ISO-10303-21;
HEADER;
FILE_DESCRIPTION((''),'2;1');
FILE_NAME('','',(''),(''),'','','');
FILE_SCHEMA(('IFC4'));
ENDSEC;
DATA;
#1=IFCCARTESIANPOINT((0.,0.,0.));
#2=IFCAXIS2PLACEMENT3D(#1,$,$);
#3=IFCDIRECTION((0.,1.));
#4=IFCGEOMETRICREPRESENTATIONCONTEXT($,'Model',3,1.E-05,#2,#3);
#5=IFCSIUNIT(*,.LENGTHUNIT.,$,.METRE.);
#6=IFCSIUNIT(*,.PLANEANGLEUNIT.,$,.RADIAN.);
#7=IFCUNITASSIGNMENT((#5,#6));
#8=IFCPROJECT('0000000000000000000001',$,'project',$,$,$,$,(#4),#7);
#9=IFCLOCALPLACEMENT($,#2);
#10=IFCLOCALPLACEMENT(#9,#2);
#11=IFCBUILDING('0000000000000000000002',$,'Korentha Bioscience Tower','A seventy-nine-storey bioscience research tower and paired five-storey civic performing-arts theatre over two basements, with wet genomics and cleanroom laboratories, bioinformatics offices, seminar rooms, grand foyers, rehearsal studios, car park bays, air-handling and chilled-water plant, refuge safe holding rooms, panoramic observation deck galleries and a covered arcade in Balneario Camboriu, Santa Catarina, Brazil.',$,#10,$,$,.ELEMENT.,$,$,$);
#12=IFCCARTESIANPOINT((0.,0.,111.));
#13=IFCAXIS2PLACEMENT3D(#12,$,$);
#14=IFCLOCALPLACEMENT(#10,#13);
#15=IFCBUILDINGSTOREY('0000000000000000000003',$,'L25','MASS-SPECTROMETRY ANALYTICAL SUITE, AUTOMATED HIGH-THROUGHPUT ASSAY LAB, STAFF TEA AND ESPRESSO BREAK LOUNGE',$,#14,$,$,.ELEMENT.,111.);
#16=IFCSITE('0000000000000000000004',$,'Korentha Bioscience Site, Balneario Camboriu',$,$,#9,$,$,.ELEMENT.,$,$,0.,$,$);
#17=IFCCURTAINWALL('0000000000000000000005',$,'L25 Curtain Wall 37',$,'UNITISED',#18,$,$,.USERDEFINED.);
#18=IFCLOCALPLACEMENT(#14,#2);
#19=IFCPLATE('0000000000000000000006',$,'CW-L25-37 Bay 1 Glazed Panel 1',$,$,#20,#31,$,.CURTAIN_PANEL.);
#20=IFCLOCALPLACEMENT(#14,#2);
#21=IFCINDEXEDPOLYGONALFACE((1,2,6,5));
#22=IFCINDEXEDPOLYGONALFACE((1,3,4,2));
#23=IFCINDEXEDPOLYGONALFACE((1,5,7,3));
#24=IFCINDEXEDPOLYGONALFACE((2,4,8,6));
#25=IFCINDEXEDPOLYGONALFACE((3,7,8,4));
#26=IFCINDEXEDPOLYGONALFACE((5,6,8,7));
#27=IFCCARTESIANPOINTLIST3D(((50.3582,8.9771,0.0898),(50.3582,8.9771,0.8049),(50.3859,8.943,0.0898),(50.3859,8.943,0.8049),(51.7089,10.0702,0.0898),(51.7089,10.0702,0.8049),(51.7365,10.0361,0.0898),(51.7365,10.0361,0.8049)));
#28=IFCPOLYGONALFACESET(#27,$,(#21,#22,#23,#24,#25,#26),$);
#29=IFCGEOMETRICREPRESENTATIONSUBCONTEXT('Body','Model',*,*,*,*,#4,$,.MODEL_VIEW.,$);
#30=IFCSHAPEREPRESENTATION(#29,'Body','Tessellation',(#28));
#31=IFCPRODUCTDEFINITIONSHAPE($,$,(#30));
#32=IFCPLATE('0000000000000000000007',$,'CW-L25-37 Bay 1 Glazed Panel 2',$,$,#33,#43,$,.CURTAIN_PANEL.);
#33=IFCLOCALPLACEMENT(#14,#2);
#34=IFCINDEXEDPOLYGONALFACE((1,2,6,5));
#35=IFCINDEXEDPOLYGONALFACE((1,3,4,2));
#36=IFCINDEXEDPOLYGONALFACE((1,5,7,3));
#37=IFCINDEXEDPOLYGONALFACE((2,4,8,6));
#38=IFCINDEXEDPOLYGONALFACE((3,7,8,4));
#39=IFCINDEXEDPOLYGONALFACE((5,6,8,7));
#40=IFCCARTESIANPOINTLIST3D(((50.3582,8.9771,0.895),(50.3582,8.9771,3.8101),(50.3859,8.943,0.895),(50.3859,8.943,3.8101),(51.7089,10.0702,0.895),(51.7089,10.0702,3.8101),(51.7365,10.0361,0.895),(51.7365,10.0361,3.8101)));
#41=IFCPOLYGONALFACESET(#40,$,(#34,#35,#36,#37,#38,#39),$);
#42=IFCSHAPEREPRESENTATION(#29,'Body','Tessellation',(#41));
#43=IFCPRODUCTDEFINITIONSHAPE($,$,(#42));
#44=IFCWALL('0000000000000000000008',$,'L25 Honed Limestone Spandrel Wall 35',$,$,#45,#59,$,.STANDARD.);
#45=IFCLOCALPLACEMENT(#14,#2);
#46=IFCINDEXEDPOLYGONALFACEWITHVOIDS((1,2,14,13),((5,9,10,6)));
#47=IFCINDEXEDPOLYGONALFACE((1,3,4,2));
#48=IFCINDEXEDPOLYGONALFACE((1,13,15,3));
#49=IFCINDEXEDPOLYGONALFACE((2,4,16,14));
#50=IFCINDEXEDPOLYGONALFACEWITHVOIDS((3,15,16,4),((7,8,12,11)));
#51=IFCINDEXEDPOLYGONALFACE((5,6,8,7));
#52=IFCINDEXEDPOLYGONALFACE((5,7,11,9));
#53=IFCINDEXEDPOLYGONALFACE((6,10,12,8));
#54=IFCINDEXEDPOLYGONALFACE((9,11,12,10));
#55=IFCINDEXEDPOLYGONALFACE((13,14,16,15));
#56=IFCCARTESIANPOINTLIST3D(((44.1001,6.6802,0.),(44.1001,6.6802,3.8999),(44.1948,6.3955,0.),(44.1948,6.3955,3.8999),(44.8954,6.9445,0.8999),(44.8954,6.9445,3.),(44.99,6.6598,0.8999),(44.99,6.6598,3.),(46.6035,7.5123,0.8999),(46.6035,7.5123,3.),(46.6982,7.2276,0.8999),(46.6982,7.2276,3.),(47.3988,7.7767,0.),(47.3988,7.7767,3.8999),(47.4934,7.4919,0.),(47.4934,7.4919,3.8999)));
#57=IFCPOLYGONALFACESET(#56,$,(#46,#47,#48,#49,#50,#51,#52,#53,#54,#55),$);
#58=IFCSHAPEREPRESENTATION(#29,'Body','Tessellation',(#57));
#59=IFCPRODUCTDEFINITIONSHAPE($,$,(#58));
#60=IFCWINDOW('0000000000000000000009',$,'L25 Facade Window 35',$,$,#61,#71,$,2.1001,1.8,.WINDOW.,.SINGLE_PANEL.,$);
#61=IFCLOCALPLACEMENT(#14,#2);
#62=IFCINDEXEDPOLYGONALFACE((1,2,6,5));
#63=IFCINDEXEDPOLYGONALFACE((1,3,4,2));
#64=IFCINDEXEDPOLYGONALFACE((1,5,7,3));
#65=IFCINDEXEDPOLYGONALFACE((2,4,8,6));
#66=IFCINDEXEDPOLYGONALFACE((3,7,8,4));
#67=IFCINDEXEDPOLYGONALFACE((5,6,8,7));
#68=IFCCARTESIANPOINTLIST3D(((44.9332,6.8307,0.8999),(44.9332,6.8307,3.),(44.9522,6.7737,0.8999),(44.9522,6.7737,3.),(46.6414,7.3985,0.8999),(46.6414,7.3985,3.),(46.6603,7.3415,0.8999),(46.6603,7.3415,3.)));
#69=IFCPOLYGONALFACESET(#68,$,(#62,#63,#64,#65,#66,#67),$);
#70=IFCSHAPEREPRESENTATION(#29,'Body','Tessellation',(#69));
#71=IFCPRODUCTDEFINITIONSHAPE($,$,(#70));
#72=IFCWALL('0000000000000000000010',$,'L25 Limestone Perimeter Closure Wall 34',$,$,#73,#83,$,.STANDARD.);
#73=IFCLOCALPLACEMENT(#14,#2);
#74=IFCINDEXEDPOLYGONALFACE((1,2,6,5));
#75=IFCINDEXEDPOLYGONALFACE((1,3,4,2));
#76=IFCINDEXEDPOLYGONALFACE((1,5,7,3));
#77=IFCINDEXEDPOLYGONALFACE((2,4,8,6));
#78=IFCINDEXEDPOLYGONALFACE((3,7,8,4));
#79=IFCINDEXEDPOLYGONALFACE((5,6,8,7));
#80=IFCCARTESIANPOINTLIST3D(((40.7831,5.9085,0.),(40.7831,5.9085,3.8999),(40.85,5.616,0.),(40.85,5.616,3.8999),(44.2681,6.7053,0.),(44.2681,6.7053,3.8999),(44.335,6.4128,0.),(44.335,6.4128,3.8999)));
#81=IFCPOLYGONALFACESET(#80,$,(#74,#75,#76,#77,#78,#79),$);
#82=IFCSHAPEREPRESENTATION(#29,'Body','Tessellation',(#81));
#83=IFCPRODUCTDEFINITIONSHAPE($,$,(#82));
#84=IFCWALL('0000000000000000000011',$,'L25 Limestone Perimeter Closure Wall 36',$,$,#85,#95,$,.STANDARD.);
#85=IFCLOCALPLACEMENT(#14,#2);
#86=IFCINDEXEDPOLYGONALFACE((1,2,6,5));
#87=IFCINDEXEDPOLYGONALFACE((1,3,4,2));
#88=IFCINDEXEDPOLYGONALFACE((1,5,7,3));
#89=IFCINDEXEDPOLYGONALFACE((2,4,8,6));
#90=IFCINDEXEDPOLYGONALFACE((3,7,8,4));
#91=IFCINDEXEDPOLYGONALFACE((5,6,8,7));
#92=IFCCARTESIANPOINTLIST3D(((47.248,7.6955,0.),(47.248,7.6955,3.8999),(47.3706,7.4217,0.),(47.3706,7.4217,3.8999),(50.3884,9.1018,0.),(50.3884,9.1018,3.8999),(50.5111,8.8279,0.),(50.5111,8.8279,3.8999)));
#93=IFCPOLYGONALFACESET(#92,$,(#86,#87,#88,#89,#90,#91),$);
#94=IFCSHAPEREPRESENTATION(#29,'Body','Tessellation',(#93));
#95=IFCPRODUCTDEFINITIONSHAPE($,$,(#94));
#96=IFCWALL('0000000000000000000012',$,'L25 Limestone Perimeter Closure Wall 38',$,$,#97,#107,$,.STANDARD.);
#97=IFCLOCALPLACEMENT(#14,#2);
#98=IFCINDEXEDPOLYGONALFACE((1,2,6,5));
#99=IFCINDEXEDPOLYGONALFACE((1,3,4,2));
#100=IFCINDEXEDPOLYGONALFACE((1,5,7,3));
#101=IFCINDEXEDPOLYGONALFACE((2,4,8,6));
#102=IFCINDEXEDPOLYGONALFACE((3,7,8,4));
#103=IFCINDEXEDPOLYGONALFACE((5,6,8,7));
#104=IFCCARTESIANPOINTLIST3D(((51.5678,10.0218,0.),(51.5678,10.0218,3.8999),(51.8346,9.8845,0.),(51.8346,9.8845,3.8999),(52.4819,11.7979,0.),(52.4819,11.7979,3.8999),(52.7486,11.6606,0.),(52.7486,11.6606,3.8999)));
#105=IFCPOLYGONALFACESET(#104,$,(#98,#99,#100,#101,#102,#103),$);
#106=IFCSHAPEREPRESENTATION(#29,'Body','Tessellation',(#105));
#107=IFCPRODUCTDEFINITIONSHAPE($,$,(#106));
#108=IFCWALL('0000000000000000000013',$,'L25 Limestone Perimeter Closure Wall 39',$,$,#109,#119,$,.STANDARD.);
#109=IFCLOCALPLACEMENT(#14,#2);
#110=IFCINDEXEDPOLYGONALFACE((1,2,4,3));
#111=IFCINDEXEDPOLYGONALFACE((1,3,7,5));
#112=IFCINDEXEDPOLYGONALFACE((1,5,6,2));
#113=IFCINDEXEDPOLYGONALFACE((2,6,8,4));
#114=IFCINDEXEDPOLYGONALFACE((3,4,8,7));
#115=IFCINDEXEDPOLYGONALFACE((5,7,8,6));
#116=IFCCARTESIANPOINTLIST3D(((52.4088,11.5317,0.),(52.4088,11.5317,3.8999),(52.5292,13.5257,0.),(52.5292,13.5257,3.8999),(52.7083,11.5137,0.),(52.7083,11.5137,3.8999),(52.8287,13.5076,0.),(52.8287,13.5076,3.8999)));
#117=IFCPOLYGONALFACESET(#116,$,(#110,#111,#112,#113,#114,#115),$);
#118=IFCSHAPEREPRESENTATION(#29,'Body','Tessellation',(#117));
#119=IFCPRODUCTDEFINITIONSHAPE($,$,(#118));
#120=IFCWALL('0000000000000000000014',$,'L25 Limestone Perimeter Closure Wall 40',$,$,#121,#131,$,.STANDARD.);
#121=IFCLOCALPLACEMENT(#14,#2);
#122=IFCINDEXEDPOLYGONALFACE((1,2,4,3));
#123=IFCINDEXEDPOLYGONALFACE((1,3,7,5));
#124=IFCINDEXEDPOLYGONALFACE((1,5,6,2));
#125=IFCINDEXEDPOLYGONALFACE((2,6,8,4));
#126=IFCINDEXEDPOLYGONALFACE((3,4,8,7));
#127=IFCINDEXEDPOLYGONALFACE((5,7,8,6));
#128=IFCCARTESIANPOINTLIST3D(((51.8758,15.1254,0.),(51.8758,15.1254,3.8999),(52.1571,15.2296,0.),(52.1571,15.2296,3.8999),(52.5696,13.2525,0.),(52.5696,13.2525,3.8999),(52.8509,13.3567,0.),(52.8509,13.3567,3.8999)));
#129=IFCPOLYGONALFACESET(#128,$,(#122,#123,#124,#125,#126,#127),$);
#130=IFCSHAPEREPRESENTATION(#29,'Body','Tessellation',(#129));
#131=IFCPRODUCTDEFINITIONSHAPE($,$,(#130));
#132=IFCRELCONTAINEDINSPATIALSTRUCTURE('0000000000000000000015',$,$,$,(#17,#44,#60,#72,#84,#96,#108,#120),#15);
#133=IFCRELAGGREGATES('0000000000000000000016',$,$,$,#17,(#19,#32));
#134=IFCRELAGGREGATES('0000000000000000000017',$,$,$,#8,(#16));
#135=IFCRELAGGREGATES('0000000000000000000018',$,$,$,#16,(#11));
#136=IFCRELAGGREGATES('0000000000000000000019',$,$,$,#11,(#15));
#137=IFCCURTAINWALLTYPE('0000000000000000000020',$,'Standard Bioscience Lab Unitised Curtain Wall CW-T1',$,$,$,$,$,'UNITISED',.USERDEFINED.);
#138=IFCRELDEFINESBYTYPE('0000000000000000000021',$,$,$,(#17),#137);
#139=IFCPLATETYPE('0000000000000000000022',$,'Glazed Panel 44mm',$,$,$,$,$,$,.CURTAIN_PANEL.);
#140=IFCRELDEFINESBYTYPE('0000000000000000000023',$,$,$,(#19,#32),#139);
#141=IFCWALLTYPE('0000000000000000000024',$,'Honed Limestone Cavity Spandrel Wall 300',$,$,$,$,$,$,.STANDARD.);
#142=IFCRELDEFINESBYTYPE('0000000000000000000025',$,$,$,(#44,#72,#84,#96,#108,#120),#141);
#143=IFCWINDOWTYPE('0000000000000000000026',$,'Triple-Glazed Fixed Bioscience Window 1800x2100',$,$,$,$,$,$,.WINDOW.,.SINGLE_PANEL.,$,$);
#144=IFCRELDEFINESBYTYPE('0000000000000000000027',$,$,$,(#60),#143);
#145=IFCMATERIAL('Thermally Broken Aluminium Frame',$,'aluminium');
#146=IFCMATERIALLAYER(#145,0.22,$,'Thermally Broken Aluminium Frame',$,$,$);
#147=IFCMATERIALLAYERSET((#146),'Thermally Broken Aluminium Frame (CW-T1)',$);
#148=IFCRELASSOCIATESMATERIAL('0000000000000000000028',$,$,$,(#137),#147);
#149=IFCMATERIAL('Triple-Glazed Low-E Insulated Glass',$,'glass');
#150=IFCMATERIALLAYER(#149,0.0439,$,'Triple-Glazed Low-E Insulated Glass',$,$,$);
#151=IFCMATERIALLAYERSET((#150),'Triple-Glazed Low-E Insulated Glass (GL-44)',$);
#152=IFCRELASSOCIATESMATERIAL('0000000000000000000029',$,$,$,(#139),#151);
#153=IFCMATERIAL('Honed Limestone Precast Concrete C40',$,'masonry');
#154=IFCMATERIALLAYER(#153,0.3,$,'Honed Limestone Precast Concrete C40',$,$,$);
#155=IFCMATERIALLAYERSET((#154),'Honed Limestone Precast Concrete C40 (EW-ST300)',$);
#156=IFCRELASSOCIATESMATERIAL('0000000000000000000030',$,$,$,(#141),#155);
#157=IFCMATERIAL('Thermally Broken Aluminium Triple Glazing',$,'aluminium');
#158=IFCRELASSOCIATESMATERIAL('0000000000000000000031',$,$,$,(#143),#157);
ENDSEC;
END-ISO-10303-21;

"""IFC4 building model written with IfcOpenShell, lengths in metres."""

from ifc_helpers import new_model, si_unit, direction, frame, frame_2d, origin, origin_2d, place, context, subcontext, project, spatial, rectangle, extrude, material, layer, layer_set, type_object, element, fill, aggregate, save


model = new_model("IFC4")

# Units and contexts
model_context = context("Model", 3, precision=1e-05, world=origin(), true_north=direction((0.0, 1.0)))
body_context = subcontext(model_context, "Body", "Model", "MODEL_VIEW")
ifc_project = project(units=[si_unit("LENGTHUNIT", "METRE"), si_unit("PLANEANGLEUNIT", "RADIAN")], contexts=[model_context])

# Site, building, storey
site_placement = place(None, origin())
site = spatial("IfcSite", under=ifc_project, at=site_placement, Name="Korentha Bioscience Site, Balneario Camboriu", CompositionType="ELEMENT", RefElevation=0.0)
building_placement = place(site_placement, origin())
building = spatial("IfcBuilding", under=site, at=building_placement, Name="Korentha Bioscience Tower", Description="A seventy-nine-storey bioscience research tower and paired five-storey civic performing-arts theatre over two basements, with wet genomics and cleanroom laboratories, bioinformatics offices, seminar rooms, grand foyers, rehearsal studios, car park bays, air-handling and chilled-water plant, refuge safe holding rooms, panoramic observation deck galleries and a covered arcade in Balneario Camboriu, Santa Catarina, Brazil.", CompositionType="ELEMENT")
storey_placement = place(building_placement, frame((0.0, 0.0, 111.0)))
storey = spatial("IfcBuildingStorey", under=building, at=storey_placement, Name="L25", Description="MASS-SPECTROMETRY ANALYTICAL SUITE, AUTOMATED HIGH-THROUGHPUT ASSAY LAB, STAFF TEA AND ESPRESSO BREAK LOUNGE", CompositionType="ELEMENT", Elevation=111.0)

# Curtain wall
ifc_material_1 = material(Name="Thermally Broken Aluminium Frame", Category="aluminium")
ifc_layer_1 = layer(ifc_material_1, 0.22, Name="Thermally Broken Aluminium Frame")
ifc_layer_set_1 = layer_set([ifc_layer_1], Name="Thermally Broken Aluminium Frame (CW-T1)")
curtain_wall_type = type_object("IfcCurtainWallType", Name="Standard Bioscience Lab Unitised Curtain Wall CW-T1", ElementType="UNITISED", PredefinedType="USERDEFINED", material=ifc_layer_set_1)
curtain_wall_placement = place(storey_placement, origin())
curtain_wall = element("IfcCurtainWall", 1, at=curtain_wall_placement, inside=storey, type_object=curtain_wall_type, Name="L25 Curtain Wall 37", ObjectType="UNITISED", PredefinedType="USERDEFINED")

# Plates
ifc_material_2 = material(Name="Triple-Glazed Low-E Insulated Glass", Category="glass")
ifc_layer_2 = layer(ifc_material_2, 0.0439, Name="Triple-Glazed Low-E Insulated Glass")
ifc_layer_set_2 = layer_set([ifc_layer_2], Name="Triple-Glazed Low-E Insulated Glass (GL-44)")
plate_type = type_object("IfcPlateType", Name="Glazed Panel 44mm", PredefinedType="CURTAIN_PANEL", material=ifc_layer_set_2)
plate_1_placement = place(storey_placement, frame((51.0474, 9.5066, 0.0898), z_axis=(0.0, 0.0, 1.0), x_axis=(0.777315, 0.629111, 0.0)))
plate_1 = element("IfcPlate", 2, at=plate_1_placement, type_object=plate_type, Name="CW-L25-37 Bay 1 Glazed Panel 1", PredefinedType="CURTAIN_PANEL", context=body_context, shape_type="SweptSolid", body=[
    extrude(rectangle(XDim=1.7375, YDim=0.0439, at=origin_2d()), origin(), (0.0, 0.0, 1.0), 0.7151),
])
plate_2_placement = place(storey_placement, frame((51.0474, 9.5066, 0.895), z_axis=(0.0, 0.0, 1.0), x_axis=(0.777315, 0.629111, 0.0)))
plate_2 = element("IfcPlate", 3, at=plate_2_placement, type_object=plate_type, Name="CW-L25-37 Bay 1 Glazed Panel 2", PredefinedType="CURTAIN_PANEL", context=body_context, shape_type="SweptSolid", body=[
    extrude(rectangle(XDim=1.7375, YDim=0.0439, at=origin_2d()), origin(), (0.0, 0.0, 1.0), 2.915),
])
aggregate(curtain_wall, [plate_1, plate_2])

# Wall, opening, window
ifc_material_3 = material(Name="Honed Limestone Precast Concrete C40", Category="masonry")
ifc_layer_3 = layer(ifc_material_3, 0.3, Name="Honed Limestone Precast Concrete C40")
ifc_layer_set_3 = layer_set([ifc_layer_3], Name="Honed Limestone Precast Concrete C40 (EW-ST300)")
wall_type = type_object("IfcWallType", Name="Honed Limestone Cavity Spandrel Wall 300", PredefinedType="STANDARD", material=ifc_layer_set_3)
wall_1_placement = place(storey_placement, frame((44.1475, 6.5378, 0.0), z_axis=(0.0, 0.0, 1.0), x_axis=(0.94895, 0.315427, 0.0)))
wall_1 = element("IfcWall", 4, at=wall_1_placement, inside=storey, type_object=wall_type, Name="L25 Honed Limestone Spandrel Wall 35", PredefinedType="STANDARD", context=body_context, shape_type="SweptSolid", body=[
    extrude(rectangle(XDim=3.4761, YDim=0.3, at=frame_2d((1.738, 0.0))), origin(), (0.0, 0.0, 1.0), 3.8999),
])
opening_placement = place(wall_1_placement, frame((0.8381, 0.0, 0.8999)))
opening = element("IfcOpeningElement", 5, at=opening_placement, cuts=wall_1, PredefinedType="OPENING", context=body_context, shape_type="SweptSolid", body=[
    extrude(rectangle(XDim=1.8, YDim=2.1001, at=frame_2d((0.8999, 1.05))), frame((0.0, 0.165, 0.0), z_axis=(0.0, -1.0, 0.0), x_axis=(1.0, 0.0, 0.0)), (0.0, 0.0, 1.0), 0.3298),
])
ifc_material_4 = material(Name="Thermally Broken Aluminium Triple Glazing", Category="aluminium")
window_type = type_object("IfcWindowType", Name="Triple-Glazed Fixed Bioscience Window 1800x2100", PartitioningType="SINGLE_PANEL", PredefinedType="WINDOW", material=ifc_material_4)
window_placement = place(opening_placement, origin())
window = element("IfcWindow", 6, at=window_placement, inside=storey, type_object=window_type, Name="L25 Facade Window 35", OverallHeight=2.1001, OverallWidth=1.8, PartitioningType="SINGLE_PANEL", PredefinedType="WINDOW", context=body_context, shape_type="SweptSolid", body=[
    extrude(rectangle(XDim=1.8, YDim=2.1001, at=frame_2d((0.8999, 1.05))), frame((0.0, 0.03, 0.0), z_axis=(0.0, -1.0, 0.0), x_axis=(1.0, 0.0, 0.0)), (0.0, 0.0, 1.0), 0.0601),
])
fill(opening, window)

# Walls
wall_2_placement = place(storey_placement, frame((40.8164, 5.7622, 0.0), z_axis=(0.0, 0.0, 1.0), x_axis=(0.974842, 0.222899, 0.0)))
element("IfcWall", 7, at=wall_2_placement, inside=storey, type_object=wall_type, Name="L25 Limestone Perimeter Closure Wall 34", PredefinedType="STANDARD", context=body_context, shape_type="SweptSolid", body=[
    extrude(rectangle(XDim=3.575, YDim=0.3, at=frame_2d((1.7876, 0.0))), origin(), (0.0, 0.0, 1.0), 3.8999),
])
wall_3_placement = place(storey_placement, frame((47.3093, 7.5586, 0.0), z_axis=(0.0, 0.0, 1.0), x_axis=(0.912673, 0.408691, 0.0)))
element("IfcWall", 8, at=wall_3_placement, inside=storey, type_object=wall_type, Name="L25 Limestone Perimeter Closure Wall 36", PredefinedType="STANDARD", context=body_context, shape_type="SweptSolid", body=[
    extrude(rectangle(XDim=3.4409, YDim=0.3, at=frame_2d((1.7205, 0.0))), origin(), (0.0, 0.0, 1.0), 3.8999),
])
for number, where, z_axis, x_axis, name in (
    (9, (51.7012, 9.9531, 0.0), (0.0, 0.0, 1.0), (0.457597, 0.88916, 0.0), "L25 Limestone Perimeter Closure Wall 38"),
    (10, (52.5586, 11.5227, 0.0), (0.0, 0.0, 1.0), (0.060255, 0.998183, 0.0), "L25 Limestone Perimeter Closure Wall 39"),
):
    element("IfcWall", number, at=place(storey_placement, frame(where, z_axis=z_axis, x_axis=x_axis)), inside=storey, type_object=wall_type, Name=name, PredefinedType="STANDARD", context=body_context, shape_type="SweptSolid", body=[
        extrude(rectangle(XDim=1.9976, YDim=0.3, at=frame_2d((0.9988, 0.0))), origin(), (0.0, 0.0, 1.0), 3.8999),
    ])
wall_4_placement = place(storey_placement, frame((52.7102, 13.3047, 0.0), z_axis=(0.0, 0.0, 1.0), x_axis=(-0.34737, 0.937728, 0.0)))
element("IfcWall", 11, at=wall_4_placement, inside=storey, type_object=wall_type, Name="L25 Limestone Perimeter Closure Wall 40", PredefinedType="STANDARD", context=body_context, shape_type="SweptSolid", body=[
    extrude(rectangle(XDim=1.9973, YDim=0.3, at=frame_2d((0.9985, 0.0))), origin(), (0.0, 0.0, 1.0), 3.8999),
])

save(model, "model.ifc")
